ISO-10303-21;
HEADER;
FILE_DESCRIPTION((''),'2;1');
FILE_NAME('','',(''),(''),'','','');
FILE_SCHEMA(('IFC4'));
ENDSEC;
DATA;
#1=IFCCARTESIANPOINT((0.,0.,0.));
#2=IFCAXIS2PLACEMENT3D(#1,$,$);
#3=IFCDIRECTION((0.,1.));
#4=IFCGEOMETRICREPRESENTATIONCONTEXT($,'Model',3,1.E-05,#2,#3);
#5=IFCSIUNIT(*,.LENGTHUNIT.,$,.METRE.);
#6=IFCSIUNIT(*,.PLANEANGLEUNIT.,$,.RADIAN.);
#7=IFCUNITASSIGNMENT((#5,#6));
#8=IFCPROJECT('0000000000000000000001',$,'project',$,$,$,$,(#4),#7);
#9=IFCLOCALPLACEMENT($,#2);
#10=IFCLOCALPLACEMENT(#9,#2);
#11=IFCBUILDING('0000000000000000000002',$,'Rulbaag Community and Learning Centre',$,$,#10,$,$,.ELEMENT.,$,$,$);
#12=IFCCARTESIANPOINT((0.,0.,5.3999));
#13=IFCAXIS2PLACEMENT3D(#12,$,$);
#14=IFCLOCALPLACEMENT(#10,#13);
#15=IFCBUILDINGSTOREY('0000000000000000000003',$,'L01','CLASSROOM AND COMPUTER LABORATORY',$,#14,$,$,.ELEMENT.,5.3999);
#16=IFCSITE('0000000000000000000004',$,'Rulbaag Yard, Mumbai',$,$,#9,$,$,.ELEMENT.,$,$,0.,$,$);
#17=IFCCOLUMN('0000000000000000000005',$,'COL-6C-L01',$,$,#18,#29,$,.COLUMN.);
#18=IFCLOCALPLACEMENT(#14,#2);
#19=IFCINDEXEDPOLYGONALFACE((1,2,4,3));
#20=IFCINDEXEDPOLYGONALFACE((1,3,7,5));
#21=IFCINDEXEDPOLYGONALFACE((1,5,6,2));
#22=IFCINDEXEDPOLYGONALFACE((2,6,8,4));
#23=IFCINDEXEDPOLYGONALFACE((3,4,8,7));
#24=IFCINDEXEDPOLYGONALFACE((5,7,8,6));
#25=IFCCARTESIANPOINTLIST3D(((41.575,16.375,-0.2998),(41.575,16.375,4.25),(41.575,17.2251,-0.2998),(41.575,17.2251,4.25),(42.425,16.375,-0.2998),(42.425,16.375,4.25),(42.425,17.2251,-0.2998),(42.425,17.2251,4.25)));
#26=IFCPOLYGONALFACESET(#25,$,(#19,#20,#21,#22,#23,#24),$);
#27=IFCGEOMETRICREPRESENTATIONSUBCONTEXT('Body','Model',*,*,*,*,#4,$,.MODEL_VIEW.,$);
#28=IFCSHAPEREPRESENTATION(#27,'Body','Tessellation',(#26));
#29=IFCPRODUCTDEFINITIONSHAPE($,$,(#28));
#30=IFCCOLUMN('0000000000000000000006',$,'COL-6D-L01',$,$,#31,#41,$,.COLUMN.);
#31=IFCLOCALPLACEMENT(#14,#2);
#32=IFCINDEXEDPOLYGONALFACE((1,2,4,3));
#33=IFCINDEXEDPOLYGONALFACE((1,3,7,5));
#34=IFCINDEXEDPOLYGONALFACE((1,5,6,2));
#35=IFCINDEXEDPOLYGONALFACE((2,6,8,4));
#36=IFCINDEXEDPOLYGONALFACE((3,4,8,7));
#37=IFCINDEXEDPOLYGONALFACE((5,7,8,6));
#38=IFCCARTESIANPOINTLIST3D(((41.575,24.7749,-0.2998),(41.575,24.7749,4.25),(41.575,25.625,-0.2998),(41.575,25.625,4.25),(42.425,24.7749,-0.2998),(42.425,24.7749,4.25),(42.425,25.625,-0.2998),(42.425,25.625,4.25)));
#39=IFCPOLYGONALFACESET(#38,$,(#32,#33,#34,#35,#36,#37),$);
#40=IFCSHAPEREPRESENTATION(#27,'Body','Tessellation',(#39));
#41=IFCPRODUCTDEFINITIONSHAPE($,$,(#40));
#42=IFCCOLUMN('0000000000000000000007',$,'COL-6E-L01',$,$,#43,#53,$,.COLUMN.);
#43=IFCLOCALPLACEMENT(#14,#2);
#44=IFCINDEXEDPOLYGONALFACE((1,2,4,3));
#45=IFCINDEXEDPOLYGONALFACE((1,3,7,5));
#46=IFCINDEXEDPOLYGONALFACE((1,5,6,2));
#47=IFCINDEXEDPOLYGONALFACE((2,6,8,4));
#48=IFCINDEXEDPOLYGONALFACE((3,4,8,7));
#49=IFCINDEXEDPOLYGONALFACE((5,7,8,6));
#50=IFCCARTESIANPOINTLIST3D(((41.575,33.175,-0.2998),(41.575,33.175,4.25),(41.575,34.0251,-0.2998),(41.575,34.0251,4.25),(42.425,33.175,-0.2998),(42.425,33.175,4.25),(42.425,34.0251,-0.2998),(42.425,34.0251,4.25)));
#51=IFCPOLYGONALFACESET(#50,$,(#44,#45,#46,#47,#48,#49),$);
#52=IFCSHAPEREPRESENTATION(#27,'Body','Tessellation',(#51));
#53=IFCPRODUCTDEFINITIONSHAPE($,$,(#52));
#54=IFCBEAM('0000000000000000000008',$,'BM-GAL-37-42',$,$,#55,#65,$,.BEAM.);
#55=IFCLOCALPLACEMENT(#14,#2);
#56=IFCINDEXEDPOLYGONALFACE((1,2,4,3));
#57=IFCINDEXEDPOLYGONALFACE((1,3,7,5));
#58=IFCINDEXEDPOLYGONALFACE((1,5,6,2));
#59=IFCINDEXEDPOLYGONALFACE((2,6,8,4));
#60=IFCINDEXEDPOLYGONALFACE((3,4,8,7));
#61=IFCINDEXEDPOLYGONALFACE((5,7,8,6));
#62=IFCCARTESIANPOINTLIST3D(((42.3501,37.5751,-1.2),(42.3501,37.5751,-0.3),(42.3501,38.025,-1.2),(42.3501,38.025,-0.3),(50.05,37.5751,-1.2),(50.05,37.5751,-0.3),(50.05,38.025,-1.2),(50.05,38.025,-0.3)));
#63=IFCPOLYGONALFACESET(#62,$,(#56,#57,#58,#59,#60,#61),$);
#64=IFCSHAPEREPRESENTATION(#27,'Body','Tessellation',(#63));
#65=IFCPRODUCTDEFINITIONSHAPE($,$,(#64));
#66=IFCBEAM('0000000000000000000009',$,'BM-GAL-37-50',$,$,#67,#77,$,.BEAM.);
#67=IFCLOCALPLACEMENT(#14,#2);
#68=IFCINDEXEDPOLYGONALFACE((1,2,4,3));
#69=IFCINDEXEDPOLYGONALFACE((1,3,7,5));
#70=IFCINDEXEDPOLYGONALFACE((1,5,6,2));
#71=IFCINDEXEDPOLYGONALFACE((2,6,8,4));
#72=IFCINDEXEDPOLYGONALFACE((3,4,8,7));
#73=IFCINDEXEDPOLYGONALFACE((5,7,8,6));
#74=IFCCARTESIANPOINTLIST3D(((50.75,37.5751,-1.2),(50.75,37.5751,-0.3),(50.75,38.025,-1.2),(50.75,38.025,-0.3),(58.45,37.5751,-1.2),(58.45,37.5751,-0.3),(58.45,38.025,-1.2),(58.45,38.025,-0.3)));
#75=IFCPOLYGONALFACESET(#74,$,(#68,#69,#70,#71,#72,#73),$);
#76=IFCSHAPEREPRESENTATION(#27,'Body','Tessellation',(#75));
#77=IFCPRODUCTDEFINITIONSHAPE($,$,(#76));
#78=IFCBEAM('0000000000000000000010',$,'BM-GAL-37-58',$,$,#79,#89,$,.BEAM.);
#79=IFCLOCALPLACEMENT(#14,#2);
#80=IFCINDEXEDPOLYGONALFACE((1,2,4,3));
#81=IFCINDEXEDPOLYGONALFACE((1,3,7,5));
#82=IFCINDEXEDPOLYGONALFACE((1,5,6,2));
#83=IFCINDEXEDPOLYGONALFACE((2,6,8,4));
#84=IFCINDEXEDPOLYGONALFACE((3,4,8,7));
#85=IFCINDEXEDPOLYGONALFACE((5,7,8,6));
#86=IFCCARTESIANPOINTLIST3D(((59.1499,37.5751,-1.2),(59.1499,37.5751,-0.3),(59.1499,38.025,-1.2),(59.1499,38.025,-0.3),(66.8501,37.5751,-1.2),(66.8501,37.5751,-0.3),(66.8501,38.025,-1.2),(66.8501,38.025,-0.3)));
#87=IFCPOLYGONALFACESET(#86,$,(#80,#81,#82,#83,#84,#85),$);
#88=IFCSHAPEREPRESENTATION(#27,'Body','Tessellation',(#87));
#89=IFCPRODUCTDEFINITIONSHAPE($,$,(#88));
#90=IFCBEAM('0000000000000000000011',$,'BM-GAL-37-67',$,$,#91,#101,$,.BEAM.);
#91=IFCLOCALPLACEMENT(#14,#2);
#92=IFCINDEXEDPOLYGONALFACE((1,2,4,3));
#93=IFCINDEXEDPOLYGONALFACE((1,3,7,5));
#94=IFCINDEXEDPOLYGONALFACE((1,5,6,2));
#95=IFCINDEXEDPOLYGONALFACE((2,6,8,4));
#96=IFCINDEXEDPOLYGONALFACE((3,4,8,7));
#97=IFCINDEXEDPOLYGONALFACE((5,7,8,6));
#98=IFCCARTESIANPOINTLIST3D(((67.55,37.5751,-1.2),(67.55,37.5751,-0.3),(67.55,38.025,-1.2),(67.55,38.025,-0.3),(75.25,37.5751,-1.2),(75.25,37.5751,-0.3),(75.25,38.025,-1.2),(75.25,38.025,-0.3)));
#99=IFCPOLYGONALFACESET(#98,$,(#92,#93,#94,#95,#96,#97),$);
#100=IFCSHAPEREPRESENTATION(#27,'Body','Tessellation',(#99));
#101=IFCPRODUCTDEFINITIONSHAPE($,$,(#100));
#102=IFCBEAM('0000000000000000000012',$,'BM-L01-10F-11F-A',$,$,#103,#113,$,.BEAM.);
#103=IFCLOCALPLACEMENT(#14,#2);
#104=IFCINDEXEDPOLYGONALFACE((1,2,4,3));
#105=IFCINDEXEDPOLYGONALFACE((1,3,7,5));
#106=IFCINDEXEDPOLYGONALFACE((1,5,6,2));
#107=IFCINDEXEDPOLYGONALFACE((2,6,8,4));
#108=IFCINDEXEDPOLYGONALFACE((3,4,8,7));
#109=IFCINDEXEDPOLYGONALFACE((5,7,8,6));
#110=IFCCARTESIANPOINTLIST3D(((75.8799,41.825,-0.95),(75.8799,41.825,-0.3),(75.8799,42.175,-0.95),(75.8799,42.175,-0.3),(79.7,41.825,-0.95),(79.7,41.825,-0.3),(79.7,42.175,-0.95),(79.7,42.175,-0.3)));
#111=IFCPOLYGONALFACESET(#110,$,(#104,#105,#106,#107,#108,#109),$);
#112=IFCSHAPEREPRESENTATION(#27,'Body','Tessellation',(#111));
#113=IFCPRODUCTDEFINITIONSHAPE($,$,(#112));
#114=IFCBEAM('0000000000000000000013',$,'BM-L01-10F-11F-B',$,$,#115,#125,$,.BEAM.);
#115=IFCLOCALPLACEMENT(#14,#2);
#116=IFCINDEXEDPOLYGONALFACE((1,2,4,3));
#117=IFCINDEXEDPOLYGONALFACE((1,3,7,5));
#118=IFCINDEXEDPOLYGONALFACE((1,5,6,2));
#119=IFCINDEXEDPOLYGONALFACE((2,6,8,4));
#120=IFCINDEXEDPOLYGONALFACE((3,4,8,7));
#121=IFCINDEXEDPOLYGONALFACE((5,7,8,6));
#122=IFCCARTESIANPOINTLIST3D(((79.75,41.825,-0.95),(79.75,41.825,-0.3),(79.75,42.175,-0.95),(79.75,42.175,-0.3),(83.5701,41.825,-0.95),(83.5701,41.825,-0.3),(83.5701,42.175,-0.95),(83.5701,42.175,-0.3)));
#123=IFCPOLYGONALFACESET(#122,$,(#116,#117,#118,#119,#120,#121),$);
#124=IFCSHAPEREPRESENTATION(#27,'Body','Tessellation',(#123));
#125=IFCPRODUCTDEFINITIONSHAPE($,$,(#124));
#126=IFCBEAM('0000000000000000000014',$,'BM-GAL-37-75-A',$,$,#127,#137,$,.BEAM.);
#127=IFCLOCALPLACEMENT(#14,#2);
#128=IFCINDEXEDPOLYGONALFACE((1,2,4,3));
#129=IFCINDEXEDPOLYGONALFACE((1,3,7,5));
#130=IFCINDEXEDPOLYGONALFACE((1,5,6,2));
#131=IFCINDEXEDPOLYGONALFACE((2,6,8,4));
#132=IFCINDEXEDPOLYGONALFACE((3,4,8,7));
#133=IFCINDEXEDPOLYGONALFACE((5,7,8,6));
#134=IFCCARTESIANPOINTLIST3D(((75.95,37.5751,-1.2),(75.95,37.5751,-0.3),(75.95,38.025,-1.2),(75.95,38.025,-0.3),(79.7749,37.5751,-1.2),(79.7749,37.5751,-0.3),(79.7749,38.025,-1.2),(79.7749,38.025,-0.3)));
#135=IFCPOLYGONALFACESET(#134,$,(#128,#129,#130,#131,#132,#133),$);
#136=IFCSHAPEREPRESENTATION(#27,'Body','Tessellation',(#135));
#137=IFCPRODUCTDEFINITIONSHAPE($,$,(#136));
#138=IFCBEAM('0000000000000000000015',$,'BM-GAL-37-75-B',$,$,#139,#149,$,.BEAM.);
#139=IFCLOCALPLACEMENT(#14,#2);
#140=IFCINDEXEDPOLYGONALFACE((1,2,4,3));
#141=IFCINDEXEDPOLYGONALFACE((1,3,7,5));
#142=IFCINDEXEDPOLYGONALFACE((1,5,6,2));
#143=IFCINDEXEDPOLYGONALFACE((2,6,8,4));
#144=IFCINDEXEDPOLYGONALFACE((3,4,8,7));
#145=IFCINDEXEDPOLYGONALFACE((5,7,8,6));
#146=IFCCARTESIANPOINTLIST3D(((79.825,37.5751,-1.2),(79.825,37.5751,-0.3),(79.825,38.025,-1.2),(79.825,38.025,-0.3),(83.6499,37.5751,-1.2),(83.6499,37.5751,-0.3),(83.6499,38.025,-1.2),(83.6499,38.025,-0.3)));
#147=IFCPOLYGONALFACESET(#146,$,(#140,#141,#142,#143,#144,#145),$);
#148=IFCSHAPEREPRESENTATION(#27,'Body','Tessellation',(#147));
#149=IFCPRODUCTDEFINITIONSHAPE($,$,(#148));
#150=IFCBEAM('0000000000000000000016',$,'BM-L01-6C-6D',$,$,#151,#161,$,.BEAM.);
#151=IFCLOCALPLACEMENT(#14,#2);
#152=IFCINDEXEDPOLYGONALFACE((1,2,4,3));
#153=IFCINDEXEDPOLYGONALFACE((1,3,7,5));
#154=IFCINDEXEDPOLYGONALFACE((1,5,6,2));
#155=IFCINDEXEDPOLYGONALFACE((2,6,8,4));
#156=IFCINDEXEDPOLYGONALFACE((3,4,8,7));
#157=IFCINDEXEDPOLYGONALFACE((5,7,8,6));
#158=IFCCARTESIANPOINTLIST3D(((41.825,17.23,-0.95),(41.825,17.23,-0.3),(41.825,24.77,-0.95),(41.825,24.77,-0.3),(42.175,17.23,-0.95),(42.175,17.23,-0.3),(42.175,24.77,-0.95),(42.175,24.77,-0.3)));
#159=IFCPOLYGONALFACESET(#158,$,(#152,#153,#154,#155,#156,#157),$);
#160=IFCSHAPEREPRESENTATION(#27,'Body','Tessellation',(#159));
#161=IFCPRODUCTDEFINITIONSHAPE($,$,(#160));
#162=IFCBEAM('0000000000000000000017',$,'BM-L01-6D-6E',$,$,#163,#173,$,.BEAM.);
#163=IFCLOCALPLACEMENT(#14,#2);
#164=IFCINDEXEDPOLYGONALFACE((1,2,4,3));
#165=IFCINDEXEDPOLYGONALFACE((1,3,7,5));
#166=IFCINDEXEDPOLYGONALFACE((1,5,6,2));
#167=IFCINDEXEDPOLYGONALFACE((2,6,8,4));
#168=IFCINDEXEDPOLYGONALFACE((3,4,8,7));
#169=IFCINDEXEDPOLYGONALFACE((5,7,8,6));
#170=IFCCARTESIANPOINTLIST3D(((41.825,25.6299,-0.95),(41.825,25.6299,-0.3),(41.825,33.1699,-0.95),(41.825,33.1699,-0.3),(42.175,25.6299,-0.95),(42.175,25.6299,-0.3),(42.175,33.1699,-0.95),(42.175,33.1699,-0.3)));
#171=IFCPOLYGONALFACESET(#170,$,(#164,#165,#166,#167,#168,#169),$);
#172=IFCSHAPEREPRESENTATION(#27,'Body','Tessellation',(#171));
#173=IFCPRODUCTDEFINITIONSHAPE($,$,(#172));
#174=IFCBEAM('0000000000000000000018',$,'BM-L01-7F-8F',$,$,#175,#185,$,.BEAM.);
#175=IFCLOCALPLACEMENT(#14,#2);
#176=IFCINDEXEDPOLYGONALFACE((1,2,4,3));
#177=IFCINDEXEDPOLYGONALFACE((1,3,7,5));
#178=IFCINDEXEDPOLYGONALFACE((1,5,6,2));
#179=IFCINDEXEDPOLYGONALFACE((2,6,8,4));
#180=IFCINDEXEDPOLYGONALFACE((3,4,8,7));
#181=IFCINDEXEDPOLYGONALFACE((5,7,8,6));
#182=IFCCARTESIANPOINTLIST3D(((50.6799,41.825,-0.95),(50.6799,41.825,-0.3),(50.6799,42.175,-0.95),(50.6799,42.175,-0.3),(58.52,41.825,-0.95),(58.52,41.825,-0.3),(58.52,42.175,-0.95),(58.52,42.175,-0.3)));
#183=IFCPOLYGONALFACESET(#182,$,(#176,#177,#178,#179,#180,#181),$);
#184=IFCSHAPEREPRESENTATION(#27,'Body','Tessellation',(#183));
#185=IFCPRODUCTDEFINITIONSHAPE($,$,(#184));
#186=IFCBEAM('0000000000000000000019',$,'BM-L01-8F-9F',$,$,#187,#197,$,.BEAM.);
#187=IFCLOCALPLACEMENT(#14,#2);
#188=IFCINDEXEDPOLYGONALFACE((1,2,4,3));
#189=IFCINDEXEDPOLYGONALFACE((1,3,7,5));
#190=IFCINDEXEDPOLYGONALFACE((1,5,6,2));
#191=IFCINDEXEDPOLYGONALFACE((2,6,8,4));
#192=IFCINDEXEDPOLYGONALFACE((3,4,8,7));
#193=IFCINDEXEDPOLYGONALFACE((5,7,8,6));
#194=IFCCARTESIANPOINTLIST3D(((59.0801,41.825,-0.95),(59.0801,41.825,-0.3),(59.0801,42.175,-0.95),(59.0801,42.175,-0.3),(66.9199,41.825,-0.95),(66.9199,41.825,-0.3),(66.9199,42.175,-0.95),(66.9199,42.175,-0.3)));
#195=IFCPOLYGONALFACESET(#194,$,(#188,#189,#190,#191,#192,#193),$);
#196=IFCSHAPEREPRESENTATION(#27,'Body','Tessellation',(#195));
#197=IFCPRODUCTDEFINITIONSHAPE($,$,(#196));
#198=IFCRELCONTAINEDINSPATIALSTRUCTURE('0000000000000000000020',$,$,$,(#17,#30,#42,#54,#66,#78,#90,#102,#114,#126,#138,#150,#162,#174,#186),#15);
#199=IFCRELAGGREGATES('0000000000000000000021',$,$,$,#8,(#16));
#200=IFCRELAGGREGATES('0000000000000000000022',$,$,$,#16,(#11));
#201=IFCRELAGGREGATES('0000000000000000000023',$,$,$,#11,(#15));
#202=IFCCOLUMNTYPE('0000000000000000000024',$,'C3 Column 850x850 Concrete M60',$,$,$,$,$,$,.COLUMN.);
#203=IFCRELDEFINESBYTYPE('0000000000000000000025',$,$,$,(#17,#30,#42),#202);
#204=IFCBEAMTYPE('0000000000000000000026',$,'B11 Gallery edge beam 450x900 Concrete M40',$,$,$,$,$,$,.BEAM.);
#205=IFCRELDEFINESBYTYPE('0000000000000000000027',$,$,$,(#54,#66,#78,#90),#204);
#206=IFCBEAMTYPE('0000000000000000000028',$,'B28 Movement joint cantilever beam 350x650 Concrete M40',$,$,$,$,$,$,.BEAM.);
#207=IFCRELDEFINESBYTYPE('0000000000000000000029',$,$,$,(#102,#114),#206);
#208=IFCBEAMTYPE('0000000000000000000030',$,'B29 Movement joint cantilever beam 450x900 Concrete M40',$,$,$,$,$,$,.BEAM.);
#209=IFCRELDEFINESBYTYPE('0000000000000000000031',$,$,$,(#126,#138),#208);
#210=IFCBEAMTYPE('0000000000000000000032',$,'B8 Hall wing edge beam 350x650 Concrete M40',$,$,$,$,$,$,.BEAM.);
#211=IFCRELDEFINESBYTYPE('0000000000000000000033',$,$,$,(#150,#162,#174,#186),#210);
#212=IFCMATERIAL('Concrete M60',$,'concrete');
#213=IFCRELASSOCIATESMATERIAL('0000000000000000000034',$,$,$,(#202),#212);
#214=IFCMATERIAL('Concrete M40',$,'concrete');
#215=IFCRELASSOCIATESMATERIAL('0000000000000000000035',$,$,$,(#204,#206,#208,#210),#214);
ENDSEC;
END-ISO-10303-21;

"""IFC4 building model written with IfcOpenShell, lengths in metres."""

from ifc_helpers import new_model, si_unit, direction, frame, origin, origin_2d, place, context, subcontext, project, spatial, rectangle, extrude, material, material_profile, profile_set, type_object, element, save


model = new_model("IFC4")

# Units and contexts
model_context = context("Model", 3, precision=1e-05, world=origin(), true_north=direction((0.0, 1.0)))
body_context = subcontext(model_context, "Body", "Model", "MODEL_VIEW")
ifc_project = project(units=[si_unit("LENGTHUNIT", "METRE"), si_unit("PLANEANGLEUNIT", "RADIAN")], contexts=[model_context])

# Site, building, storey
site_placement = place(None, origin())
site = spatial("IfcSite", under=ifc_project, at=site_placement, Name="Rulbaag Yard, Mumbai", CompositionType="ELEMENT", RefElevation=0.0)
building_placement = place(site_placement, origin())
building = spatial("IfcBuilding", under=site, at=building_placement, Name="Rulbaag Community and Learning Centre", CompositionType="ELEMENT")
storey_placement = place(building_placement, frame((0.0, 0.0, 5.3999)))
storey = spatial("IfcBuildingStorey", under=building, at=storey_placement, Name="L01", Description="CLASSROOM AND COMPUTER LABORATORY", CompositionType="ELEMENT", Elevation=5.3999)

# Columns
ifc_material_1 = material(Name="Concrete M60", Category="concrete")
ifc_material_profile_1 = material_profile(ifc_material_1, rectangle(XDim=0.8501, YDim=0.8501, at=origin_2d()), Name="RC850x850")
ifc_profile_set_1 = profile_set([ifc_material_profile_1], Name="Concrete M60")
column_type = type_object("IfcColumnType", Name="C3 Column 850x850 Concrete M60", PredefinedType="COLUMN", material=ifc_profile_set_1)
for number, where, z_axis, x_axis, name in (
    (1, (42.0, 16.8, -0.2998), (0.0, 0.0, 1.0), (1.0, 0.0, 0.0), "COL-6C-L01"),
    (2, (42.0, 25.2, -0.2998), (0.0, 0.0, 1.0), (1.0, 0.0, 0.0), "COL-6D-L01"),
    (3, (42.0, 33.6001, -0.2998), (0.0, 0.0, 1.0), (1.0, 0.0, 0.0), "COL-6E-L01"),
):
    element("IfcColumn", number, at=place(storey_placement, frame(where, z_axis=z_axis, x_axis=x_axis)), inside=storey, type_object=column_type, Name=name, PredefinedType="COLUMN", context=body_context, shape_type="SweptSolid", body=[
        extrude(rectangle(XDim=0.8501, YDim=0.8501, at=origin_2d()), origin(), (0.0, 0.0, 1.0), 4.5498),
    ])

# Beams
ifc_material_2 = material(Name="Concrete M40", Category="concrete")
ifc_material_profile_2 = material_profile(ifc_material_2, rectangle(XDim=0.45, YDim=0.8999, at=origin_2d()), Name="RB450x900")
ifc_profile_set_2 = profile_set([ifc_material_profile_2], Name="Concrete M40")
beam_type_1 = type_object("IfcBeamType", Name="B11 Gallery edge beam 450x900 Concrete M40", PredefinedType="BEAM", material=ifc_profile_set_2)
for number, where, z_axis, x_axis, name in (
    (4, (42.3501, 37.8, -0.75), (1.0, 0.0, 0.0), (0.0, 1.0, 0.0), "BM-GAL-37-42"),
    (5, (50.75, 37.8, -0.75), (1.0, 0.0, 0.0), (0.0, 1.0, 0.0), "BM-GAL-37-50"),
):
    element("IfcBeam", number, at=place(storey_placement, frame(where, z_axis=z_axis, x_axis=x_axis)), inside=storey, type_object=beam_type_1, Name=name, PredefinedType="BEAM", context=body_context, shape_type="SweptSolid", body=[
        extrude(rectangle(XDim=0.45, YDim=0.8999, at=origin_2d()), origin(), (0.0, 0.0, 1.0), 7.7),
    ])
beam_1_placement = place(storey_placement, frame((59.1499, 37.8, -0.75), z_axis=(1.0, 0.0, 0.0), x_axis=(0.0, 1.0, 0.0)))
element("IfcBeam", 6, at=beam_1_placement, inside=storey, type_object=beam_type_1, Name="BM-GAL-37-58", PredefinedType="BEAM", context=body_context, shape_type="SweptSolid", body=[
    extrude(rectangle(XDim=0.45, YDim=0.8999, at=origin_2d()), origin(), (0.0, 0.0, 1.0), 7.7002),
])
beam_2_placement = place(storey_placement, frame((67.55, 37.8, -0.75), z_axis=(1.0, 0.0, 0.0), x_axis=(0.0, 1.0, 0.0)))
element("IfcBeam", 7, at=beam_2_placement, inside=storey, type_object=beam_type_1, Name="BM-GAL-37-67", PredefinedType="BEAM", context=body_context, shape_type="SweptSolid", body=[
    extrude(rectangle(XDim=0.45, YDim=0.8999, at=origin_2d()), origin(), (0.0, 0.0, 1.0), 7.7),
])
ifc_material_profile_3 = material_profile(ifc_material_2, rectangle(XDim=0.3501, YDim=0.6499, at=origin_2d()), Name="RB350x650")
ifc_profile_set_3 = profile_set([ifc_material_profile_3], Name="Concrete M40")
beam_type_2 = type_object("IfcBeamType", Name="B28 Movement joint cantilever beam 350x650 Concrete M40", PredefinedType="BEAM", material=ifc_profile_set_3)
for number, where, z_axis, x_axis, name in (
    (8, (75.8799, 42.0, -0.625), (1.0, 0.0, 0.0), (0.0, 1.0, 0.0), "BM-L01-10F-11F-A"),
    (9, (79.75, 42.0, -0.625), (1.0, 0.0, 0.0), (0.0, 1.0, 0.0), "BM-L01-10F-11F-B"),
):
    element("IfcBeam", number, at=place(storey_placement, frame(where, z_axis=z_axis, x_axis=x_axis)), inside=storey, type_object=beam_type_2, Name=name, PredefinedType="BEAM", context=body_context, shape_type="SweptSolid", body=[
        extrude(rectangle(XDim=0.3501, YDim=0.6499, at=origin_2d()), origin(), (0.0, 0.0, 1.0), 3.8201),
    ])
ifc_material_profile_4 = material_profile(ifc_material_2, rectangle(XDim=0.45, YDim=0.8999, at=origin_2d()), Name="RB450x900")
ifc_profile_set_4 = profile_set([ifc_material_profile_4], Name="Concrete M40")
beam_type_3 = type_object("IfcBeamType", Name="B29 Movement joint cantilever beam 450x900 Concrete M40", PredefinedType="BEAM", material=ifc_profile_set_4)
for number, where, z_axis, x_axis, name in (
    (10, (75.95, 37.8, -0.75), (1.0, 0.0, 0.0), (0.0, 1.0, 0.0), "BM-GAL-37-75-A"),
    (11, (79.825, 37.8, -0.75), (1.0, 0.0, 0.0), (0.0, 1.0, 0.0), "BM-GAL-37-75-B"),
):
    element("IfcBeam", number, at=place(storey_placement, frame(where, z_axis=z_axis, x_axis=x_axis)), inside=storey, type_object=beam_type_3, Name=name, PredefinedType="BEAM", context=body_context, shape_type="SweptSolid", body=[
        extrude(rectangle(XDim=0.45, YDim=0.8999, at=origin_2d()), origin(), (0.0, 0.0, 1.0), 3.825),
    ])
ifc_material_profile_5 = material_profile(ifc_material_2, rectangle(XDim=0.3501, YDim=0.6499, at=origin_2d()), Name="RB350x650")
ifc_profile_set_5 = profile_set([ifc_material_profile_5], Name="Concrete M40")
beam_type_4 = type_object("IfcBeamType", Name="B8 Hall wing edge beam 350x650 Concrete M40", PredefinedType="BEAM", material=ifc_profile_set_5)
for number, where, z_axis, x_axis, name in (
    (12, (42.0, 17.23, -0.625), (0.0, 1.0, 0.0), (-1.0, 0.0, 0.0), "BM-L01-6C-6D"),
    (13, (42.0, 25.6299, -0.625), (0.0, 1.0, 0.0), (-1.0, 0.0, 0.0), "BM-L01-6D-6E"),
):
    element("IfcBeam", number, at=place(storey_placement, frame(where, z_axis=z_axis, x_axis=x_axis)), inside=storey, type_object=beam_type_4, Name=name, PredefinedType="BEAM", context=body_context, shape_type="SweptSolid", body=[
        extrude(rectangle(XDim=0.3501, YDim=0.6499, at=origin_2d()), origin(), (0.0, 0.0, 1.0), 7.54),
    ])
beam_3_placement = place(storey_placement, frame((50.6799, 42.0, -0.625), z_axis=(1.0, 0.0, 0.0), x_axis=(0.0, 1.0, 0.0)))
element("IfcBeam", 14, at=beam_3_placement, inside=storey, type_object=beam_type_4, Name="BM-L01-7F-8F", PredefinedType="BEAM", context=body_context, shape_type="SweptSolid", body=[
    extrude(rectangle(XDim=0.3501, YDim=0.6499, at=origin_2d()), origin(), (0.0, 0.0, 1.0), 7.8401),
])
beam_4_placement = place(storey_placement, frame((59.0801, 42.0, -0.625), z_axis=(1.0, 0.0, 0.0), x_axis=(0.0, 1.0, 0.0)))
element("IfcBeam", 15, at=beam_4_placement, inside=storey, type_object=beam_type_4, Name="BM-L01-8F-9F", PredefinedType="BEAM", context=body_context, shape_type="SweptSolid", body=[
    extrude(rectangle(XDim=0.3501, YDim=0.6499, at=origin_2d()), origin(), (0.0, 0.0, 1.0), 7.8398),
])

save(model, "model.ifc")
